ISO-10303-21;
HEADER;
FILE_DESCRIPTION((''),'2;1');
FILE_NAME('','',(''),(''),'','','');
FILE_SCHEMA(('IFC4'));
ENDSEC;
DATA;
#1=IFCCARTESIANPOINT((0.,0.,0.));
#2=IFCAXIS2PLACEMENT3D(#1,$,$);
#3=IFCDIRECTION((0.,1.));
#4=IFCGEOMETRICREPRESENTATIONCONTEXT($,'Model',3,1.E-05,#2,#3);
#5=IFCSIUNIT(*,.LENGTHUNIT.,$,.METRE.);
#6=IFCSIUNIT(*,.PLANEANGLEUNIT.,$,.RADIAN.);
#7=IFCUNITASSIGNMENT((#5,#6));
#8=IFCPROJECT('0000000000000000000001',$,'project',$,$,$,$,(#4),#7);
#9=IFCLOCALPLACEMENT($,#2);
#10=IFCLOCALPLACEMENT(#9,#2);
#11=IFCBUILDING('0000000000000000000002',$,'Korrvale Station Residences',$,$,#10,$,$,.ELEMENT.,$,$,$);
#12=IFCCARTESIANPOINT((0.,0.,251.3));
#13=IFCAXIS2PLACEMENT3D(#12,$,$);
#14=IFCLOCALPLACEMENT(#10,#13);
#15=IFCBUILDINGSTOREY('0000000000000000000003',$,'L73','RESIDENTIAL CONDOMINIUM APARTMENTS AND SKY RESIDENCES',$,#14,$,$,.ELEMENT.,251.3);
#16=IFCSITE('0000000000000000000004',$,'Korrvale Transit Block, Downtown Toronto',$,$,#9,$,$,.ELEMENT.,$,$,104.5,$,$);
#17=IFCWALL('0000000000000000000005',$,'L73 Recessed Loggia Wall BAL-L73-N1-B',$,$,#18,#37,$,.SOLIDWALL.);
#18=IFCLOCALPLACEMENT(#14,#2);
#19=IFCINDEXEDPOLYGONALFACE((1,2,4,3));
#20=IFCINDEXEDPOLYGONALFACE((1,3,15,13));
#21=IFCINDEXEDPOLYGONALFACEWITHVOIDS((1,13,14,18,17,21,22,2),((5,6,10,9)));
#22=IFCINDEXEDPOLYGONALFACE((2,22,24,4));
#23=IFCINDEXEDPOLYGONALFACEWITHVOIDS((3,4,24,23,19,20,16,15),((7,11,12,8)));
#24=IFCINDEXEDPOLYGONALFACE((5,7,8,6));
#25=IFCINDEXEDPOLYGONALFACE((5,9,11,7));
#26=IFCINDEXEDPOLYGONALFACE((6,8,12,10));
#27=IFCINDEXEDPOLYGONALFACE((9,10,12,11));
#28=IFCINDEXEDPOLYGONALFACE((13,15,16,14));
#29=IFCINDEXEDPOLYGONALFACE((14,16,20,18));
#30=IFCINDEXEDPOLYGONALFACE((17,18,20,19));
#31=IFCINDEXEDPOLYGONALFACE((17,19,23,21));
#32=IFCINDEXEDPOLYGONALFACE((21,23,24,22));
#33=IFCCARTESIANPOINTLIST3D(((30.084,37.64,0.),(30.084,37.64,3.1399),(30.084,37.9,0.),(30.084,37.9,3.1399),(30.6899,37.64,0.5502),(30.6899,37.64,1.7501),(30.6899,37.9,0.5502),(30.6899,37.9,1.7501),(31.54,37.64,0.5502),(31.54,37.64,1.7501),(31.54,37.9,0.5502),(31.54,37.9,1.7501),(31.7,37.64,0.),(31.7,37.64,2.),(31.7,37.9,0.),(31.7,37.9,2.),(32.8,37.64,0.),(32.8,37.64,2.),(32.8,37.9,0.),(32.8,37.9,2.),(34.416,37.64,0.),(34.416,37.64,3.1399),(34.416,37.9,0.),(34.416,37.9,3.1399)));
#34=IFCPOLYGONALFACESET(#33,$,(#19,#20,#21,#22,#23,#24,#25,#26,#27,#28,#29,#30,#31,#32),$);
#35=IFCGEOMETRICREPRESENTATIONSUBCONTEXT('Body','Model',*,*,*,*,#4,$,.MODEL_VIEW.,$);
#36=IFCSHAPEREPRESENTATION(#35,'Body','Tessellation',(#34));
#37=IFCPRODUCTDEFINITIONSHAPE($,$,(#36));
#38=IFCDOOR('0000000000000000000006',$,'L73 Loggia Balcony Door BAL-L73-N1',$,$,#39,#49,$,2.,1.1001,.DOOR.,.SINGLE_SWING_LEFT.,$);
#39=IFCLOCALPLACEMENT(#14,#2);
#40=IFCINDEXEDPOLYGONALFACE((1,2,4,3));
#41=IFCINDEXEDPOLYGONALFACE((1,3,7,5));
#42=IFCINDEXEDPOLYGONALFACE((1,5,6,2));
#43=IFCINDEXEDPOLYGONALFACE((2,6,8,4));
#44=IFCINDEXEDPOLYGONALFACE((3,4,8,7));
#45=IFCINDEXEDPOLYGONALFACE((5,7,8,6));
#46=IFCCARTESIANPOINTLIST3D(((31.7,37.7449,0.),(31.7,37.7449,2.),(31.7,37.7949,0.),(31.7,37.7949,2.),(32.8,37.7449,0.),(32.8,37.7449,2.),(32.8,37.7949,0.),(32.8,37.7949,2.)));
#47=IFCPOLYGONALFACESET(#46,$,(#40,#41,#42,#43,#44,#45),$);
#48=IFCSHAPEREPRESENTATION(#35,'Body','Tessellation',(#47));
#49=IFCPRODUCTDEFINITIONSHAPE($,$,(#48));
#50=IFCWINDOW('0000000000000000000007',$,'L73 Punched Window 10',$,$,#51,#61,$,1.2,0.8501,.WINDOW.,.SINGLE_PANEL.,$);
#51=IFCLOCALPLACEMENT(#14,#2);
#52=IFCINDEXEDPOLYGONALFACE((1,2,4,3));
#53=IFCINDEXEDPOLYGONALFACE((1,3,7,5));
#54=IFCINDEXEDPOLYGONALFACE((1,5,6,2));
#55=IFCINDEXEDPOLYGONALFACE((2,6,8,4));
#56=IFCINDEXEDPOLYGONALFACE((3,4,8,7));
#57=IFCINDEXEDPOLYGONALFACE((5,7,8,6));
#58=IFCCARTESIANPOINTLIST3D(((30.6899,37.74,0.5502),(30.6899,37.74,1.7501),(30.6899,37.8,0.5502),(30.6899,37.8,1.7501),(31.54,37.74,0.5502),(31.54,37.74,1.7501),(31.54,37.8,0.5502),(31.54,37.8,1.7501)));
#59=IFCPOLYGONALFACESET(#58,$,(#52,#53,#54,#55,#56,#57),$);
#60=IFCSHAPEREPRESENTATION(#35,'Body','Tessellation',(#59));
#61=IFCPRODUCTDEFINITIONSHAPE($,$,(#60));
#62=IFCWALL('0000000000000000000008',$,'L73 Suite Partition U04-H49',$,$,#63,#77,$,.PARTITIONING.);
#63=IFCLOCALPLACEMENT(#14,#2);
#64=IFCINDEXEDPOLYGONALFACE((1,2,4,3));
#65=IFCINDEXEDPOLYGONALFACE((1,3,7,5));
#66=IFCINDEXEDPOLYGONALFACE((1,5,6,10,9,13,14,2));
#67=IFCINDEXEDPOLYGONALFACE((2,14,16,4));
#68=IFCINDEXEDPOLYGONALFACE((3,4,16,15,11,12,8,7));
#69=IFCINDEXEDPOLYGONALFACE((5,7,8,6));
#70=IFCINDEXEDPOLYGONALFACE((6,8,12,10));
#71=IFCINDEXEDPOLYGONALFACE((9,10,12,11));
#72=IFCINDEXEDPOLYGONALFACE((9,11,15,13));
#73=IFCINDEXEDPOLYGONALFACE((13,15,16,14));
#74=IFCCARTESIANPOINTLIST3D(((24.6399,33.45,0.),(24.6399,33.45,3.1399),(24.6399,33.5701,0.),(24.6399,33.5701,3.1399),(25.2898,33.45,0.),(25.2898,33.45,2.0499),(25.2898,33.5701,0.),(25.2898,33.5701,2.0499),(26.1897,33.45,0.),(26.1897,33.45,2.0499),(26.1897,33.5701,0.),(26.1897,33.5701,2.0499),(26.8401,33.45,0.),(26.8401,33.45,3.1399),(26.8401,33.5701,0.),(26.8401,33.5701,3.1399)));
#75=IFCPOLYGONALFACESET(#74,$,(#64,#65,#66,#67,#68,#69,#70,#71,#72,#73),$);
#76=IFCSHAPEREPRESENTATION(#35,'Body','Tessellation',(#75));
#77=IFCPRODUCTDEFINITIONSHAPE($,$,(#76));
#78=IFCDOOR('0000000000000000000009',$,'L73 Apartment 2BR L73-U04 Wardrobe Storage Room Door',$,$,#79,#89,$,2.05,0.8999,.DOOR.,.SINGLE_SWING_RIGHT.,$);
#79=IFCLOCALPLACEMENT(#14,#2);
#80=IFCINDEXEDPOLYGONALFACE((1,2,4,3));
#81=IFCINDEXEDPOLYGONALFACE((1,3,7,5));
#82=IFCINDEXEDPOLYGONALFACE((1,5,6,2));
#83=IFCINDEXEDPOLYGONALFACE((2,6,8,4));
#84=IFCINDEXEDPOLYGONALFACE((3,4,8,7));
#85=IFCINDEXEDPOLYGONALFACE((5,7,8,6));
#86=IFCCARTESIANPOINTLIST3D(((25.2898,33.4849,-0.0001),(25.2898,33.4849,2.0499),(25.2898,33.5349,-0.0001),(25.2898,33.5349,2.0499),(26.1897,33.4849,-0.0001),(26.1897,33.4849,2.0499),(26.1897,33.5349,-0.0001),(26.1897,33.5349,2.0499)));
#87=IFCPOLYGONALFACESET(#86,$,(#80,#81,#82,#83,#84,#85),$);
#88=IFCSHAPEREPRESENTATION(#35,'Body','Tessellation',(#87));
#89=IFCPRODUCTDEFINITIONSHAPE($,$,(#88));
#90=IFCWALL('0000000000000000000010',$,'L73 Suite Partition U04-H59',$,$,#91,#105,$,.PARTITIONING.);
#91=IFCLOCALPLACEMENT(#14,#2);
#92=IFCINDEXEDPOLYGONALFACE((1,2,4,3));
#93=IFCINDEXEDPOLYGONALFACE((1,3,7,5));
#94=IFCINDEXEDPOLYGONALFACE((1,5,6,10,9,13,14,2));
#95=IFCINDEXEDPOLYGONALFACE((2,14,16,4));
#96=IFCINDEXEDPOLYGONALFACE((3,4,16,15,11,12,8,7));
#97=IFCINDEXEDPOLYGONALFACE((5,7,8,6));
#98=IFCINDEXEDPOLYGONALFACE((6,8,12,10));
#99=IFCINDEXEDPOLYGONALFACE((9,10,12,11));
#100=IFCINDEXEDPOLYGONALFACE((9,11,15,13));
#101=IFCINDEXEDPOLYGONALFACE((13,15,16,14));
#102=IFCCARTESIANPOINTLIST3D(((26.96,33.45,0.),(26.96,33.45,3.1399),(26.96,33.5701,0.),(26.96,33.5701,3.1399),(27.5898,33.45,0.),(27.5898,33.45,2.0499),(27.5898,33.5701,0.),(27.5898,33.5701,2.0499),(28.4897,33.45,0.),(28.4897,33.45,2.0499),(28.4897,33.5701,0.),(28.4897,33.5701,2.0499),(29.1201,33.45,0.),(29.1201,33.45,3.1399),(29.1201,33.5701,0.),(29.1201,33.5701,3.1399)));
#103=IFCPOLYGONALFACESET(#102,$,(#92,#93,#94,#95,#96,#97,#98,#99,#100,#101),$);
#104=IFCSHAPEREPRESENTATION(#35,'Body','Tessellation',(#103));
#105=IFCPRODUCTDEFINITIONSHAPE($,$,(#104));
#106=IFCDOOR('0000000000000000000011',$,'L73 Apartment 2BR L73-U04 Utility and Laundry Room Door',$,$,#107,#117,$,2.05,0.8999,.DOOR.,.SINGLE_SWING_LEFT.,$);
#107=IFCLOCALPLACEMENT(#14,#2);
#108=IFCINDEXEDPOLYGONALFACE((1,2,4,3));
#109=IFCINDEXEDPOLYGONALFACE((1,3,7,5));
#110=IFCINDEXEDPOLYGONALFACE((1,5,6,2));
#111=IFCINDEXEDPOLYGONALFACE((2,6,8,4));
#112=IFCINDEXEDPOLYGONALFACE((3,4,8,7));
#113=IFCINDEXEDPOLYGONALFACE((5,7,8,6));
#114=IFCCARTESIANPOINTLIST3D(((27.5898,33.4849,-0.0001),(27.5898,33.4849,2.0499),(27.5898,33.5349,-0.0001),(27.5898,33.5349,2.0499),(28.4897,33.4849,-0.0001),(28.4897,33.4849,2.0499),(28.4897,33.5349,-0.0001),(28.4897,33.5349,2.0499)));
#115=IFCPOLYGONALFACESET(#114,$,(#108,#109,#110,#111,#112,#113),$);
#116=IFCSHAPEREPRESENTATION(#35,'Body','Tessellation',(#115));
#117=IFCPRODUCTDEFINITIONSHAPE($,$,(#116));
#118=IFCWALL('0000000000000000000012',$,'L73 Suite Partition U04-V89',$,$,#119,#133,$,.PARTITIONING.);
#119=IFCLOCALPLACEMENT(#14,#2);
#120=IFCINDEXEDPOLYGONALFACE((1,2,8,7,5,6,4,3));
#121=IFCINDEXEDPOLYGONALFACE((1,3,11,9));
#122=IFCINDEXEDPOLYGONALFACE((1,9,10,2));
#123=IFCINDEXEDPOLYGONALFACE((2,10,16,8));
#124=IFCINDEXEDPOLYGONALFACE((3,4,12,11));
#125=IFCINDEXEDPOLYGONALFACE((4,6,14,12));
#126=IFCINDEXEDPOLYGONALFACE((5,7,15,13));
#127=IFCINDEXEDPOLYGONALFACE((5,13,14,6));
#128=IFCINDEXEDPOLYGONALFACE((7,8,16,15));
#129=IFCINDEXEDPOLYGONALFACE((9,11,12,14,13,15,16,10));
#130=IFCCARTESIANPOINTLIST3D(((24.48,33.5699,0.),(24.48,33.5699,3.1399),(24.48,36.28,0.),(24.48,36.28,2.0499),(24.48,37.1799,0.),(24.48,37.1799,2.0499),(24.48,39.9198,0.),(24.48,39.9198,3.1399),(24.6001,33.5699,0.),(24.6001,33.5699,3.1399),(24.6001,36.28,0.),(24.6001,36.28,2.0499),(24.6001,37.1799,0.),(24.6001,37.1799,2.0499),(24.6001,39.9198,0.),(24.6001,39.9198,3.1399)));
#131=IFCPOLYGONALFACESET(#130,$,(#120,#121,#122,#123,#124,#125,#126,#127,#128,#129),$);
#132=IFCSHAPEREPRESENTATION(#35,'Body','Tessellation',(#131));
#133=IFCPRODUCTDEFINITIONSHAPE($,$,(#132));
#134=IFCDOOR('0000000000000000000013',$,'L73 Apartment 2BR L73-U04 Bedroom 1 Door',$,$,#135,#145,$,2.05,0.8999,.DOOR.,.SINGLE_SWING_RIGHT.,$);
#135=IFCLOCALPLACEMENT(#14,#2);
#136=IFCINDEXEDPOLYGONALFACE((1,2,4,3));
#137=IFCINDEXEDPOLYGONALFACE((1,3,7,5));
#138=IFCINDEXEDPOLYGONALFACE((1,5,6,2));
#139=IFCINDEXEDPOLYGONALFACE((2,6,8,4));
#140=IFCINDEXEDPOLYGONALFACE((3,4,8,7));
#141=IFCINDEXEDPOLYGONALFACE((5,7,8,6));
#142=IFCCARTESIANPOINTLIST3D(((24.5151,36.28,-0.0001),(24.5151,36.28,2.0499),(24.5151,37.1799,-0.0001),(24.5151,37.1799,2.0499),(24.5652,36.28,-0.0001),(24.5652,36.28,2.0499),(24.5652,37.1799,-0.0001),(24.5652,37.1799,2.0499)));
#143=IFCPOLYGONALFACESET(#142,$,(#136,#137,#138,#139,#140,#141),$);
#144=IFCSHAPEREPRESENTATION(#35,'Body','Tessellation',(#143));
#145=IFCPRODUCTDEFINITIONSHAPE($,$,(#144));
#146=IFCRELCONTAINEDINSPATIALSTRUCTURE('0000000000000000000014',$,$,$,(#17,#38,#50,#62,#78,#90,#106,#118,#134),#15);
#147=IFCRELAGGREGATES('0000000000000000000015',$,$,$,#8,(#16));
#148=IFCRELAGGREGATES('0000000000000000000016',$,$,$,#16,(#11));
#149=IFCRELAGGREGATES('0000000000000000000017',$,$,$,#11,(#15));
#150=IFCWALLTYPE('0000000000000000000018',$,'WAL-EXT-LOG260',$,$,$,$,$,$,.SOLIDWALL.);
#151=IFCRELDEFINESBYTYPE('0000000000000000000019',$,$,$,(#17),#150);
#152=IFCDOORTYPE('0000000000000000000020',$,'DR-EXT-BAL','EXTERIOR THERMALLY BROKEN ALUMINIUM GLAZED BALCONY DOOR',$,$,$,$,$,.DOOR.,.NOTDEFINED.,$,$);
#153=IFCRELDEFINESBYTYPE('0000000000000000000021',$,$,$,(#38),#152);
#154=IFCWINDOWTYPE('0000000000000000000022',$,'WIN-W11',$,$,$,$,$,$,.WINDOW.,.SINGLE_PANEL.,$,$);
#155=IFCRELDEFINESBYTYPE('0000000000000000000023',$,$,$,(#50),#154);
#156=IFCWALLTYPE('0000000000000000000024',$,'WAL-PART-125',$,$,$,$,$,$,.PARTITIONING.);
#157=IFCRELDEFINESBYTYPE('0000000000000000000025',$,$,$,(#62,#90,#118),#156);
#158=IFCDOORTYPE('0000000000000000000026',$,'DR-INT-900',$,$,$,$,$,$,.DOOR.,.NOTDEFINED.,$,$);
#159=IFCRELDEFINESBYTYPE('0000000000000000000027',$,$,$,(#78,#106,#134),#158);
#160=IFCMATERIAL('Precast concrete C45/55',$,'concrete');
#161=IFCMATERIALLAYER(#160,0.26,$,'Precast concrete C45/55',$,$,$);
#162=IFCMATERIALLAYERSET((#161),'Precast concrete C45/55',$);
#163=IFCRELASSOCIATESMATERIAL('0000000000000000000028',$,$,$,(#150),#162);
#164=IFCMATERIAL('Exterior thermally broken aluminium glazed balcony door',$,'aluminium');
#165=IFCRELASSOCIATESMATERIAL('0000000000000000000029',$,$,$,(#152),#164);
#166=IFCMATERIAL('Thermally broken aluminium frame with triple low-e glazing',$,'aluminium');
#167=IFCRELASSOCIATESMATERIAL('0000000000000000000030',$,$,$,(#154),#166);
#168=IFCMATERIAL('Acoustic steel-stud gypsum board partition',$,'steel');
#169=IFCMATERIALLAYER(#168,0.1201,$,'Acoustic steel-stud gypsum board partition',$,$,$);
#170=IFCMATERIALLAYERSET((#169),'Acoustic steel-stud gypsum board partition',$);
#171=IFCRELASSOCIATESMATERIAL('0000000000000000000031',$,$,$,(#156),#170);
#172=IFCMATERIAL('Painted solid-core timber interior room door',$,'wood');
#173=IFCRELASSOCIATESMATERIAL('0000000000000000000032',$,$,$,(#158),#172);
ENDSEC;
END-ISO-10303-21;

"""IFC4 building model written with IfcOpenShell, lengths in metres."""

from ifc_helpers import new_model, si_unit, direction, frame, frame_2d, origin, place, context, subcontext, project, spatial, rectangle, extrude, material, layer, layer_set, type_object, element, fill, save


model = new_model("IFC4")

# Units and contexts
model_context = context("Model", 3, precision=1e-05, world=origin(), true_north=direction((0.0, 1.0)))
body_context = subcontext(model_context, "Body", "Model", "MODEL_VIEW")
ifc_project = project(units=[si_unit("LENGTHUNIT", "METRE"), si_unit("PLANEANGLEUNIT", "RADIAN")], contexts=[model_context])

# Site, building, storey
site_placement = place(None, origin())
site = spatial("IfcSite", under=ifc_project, at=site_placement, Name="Korrvale Transit Block, Downtown Toronto", CompositionType="ELEMENT", RefElevation=104.5)
building_placement = place(site_placement, origin())
building = spatial("IfcBuilding", under=site, at=building_placement, Name="Korrvale Station Residences", CompositionType="ELEMENT")
storey_placement = place(building_placement, frame((0.0, 0.0, 251.3)))
storey = spatial("IfcBuildingStorey", under=building, at=storey_placement, Name="L73", Description="RESIDENTIAL CONDOMINIUM APARTMENTS AND SKY RESIDENCES", CompositionType="ELEMENT", Elevation=251.3)

# Shared definitions
ifc_material_1 = material(Name="Precast concrete C45/55", Category="concrete")
ifc_layer_1 = layer(ifc_material_1, 0.26, Name="Precast concrete C45/55")
ifc_layer_set_1 = layer_set([ifc_layer_1], Name="Precast concrete C45/55")
wall_type_1 = type_object("IfcWallType", Name="WAL-EXT-LOG260", PredefinedType="SOLIDWALL", material=ifc_layer_set_1)

# Wall, openings, door, window
wall_1_placement = place(storey_placement, frame((30.084, 37.77, 0.0), z_axis=(0.0, 0.0, 1.0), x_axis=(1.0, 0.0, 0.0)))
wall_1 = element("IfcWall", 1, at=wall_1_placement, inside=storey, type_object=wall_type_1, Name="L73 Recessed Loggia Wall BAL-L73-N1-B", PredefinedType="SOLIDWALL", context=body_context, shape_type="SweptSolid", body=[
    extrude(rectangle(XDim=4.332, YDim=0.26, at=frame_2d((2.166, 0.0))), origin(), (0.0, 0.0, 1.0), 3.1399),
])
opening_1_placement = place(wall_1_placement, frame((1.616, 0.0, 0.0)))
opening_1 = element("IfcOpeningElement", 2, at=opening_1_placement, cuts=wall_1, PredefinedType="OPENING", context=body_context, shape_type="SweptSolid", body=[
    extrude(rectangle(XDim=1.1001, YDim=2.0, at=frame_2d((0.55, 1.0))), frame((0.0, 0.1401, 0.0), z_axis=(0.0, -1.0, 0.0), x_axis=(1.0, 0.0, 0.0)), (0.0, 0.0, 1.0), 0.28),
])
opening_2_placement = place(wall_1_placement, frame((0.606, 0.0, 0.55)))
opening_2 = element("IfcOpeningElement", 3, at=opening_2_placement, cuts=wall_1, PredefinedType="OPENING", context=body_context, shape_type="SweptSolid", body=[
    extrude(rectangle(XDim=0.8501, YDim=1.2, at=frame_2d((0.425, 0.6001))), frame((0.0, 0.1401, 0.0), z_axis=(0.0, -1.0, 0.0), x_axis=(1.0, 0.0, 0.0)), (0.0, 0.0, 1.0), 0.28),
])
ifc_material_2 = material(Name="Exterior thermally broken aluminium glazed balcony door", Category="aluminium")
door_type_1 = type_object("IfcDoorType", Name="DR-EXT-BAL", Description="EXTERIOR THERMALLY BROKEN ALUMINIUM GLAZED BALCONY DOOR", OperationType="NOTDEFINED", PredefinedType="DOOR", material=ifc_material_2)
door_1_placement = place(opening_1_placement, origin())
door_1 = element("IfcDoor", 4, at=door_1_placement, inside=storey, type_object=door_type_1, Name="L73 Loggia Balcony Door BAL-L73-N1", OperationType="SINGLE_SWING_LEFT", OverallHeight=2.0, OverallWidth=1.1001, PredefinedType="DOOR", context=body_context, shape_type="SweptSolid", body=[
    extrude(rectangle(XDim=1.1001, YDim=2.0, at=frame_2d((0.55, 1.0))), frame((0.0, 0.0249, 0.0), z_axis=(0.0, -1.0, 0.0), x_axis=(1.0, 0.0, 0.0)), (0.0, 0.0, 1.0), 0.05),
])
fill(opening_1, door_1)
ifc_material_3 = material(Name="Thermally broken aluminium frame with triple low-e glazing", Category="aluminium")
window_type = type_object("IfcWindowType", Name="WIN-W11", PartitioningType="SINGLE_PANEL", PredefinedType="WINDOW", material=ifc_material_3)
window_placement = place(opening_2_placement, origin())
window = element("IfcWindow", 5, at=window_placement, inside=storey, type_object=window_type, Name="L73 Punched Window 10", OverallHeight=1.2, OverallWidth=0.8501, PartitioningType="SINGLE_PANEL", PredefinedType="WINDOW", context=body_context, shape_type="SweptSolid", body=[
    extrude(rectangle(XDim=0.8501, YDim=1.2, at=frame_2d((0.425, 0.6001))), frame((0.0, 0.03, 0.0), z_axis=(0.0, -1.0, 0.0), x_axis=(1.0, 0.0, 0.0)), (0.0, 0.0, 1.0), 0.0601),
])
fill(opening_2, window)

# Walls, openings, doors
ifc_material_4 = material(Name="Acoustic steel-stud gypsum board partition", Category="steel")
ifc_layer_2 = layer(ifc_material_4, 0.1201, Name="Acoustic steel-stud gypsum board partition")
ifc_layer_set_2 = layer_set([ifc_layer_2], Name="Acoustic steel-stud gypsum board partition")
wall_type_2 = type_object("IfcWallType", Name="WAL-PART-125", PredefinedType="PARTITIONING", material=ifc_layer_set_2)
wall_2_placement = place(storey_placement, frame((24.6399, 33.51, 0.0), z_axis=(0.0, 0.0, 1.0), x_axis=(1.0, 0.0, 0.0)))
wall_2 = element("IfcWall", 6, at=wall_2_placement, inside=storey, type_object=wall_type_2, Name="L73 Suite Partition U04-H49", PredefinedType="PARTITIONING", context=body_context, shape_type="SweptSolid", body=[
    extrude(rectangle(XDim=2.2002, YDim=0.1201, at=frame_2d((1.1001, 0.0))), origin(), (0.0, 0.0, 1.0), 3.1399),
])
opening_3_placement = place(wall_2_placement, frame((0.6499, 0.0, 0.0)))
opening_3 = element("IfcOpeningElement", 7, at=opening_3_placement, cuts=wall_2, PredefinedType="OPENING", context=body_context, shape_type="SweptSolid", body=[
    extrude(rectangle(XDim=0.8999, YDim=2.05, at=frame_2d((0.45, 1.0249))), frame((0.0, 0.0701, 0.0), z_axis=(0.0, -1.0, 0.0), x_axis=(1.0, 0.0, 0.0)), (0.0, 0.0, 1.0), 0.1401),
])
ifc_material_5 = material(Name="Painted solid-core timber interior room door", Category="wood")
door_type_2 = type_object("IfcDoorType", Name="DR-INT-900", OperationType="NOTDEFINED", PredefinedType="DOOR", material=ifc_material_5)
door_2_placement = place(opening_3_placement, origin())
door_2 = element("IfcDoor", 8, at=door_2_placement, inside=storey, type_object=door_type_2, Name="L73 Apartment 2BR L73-U04 Wardrobe Storage Room Door", OperationType="SINGLE_SWING_RIGHT", OverallHeight=2.05, OverallWidth=0.8999, PredefinedType="DOOR", context=body_context, shape_type="SweptSolid", body=[
    extrude(rectangle(XDim=0.8999, YDim=2.05, at=frame_2d((0.45, 1.0249))), frame((0.0, 0.0249, 0.0), z_axis=(0.0, -1.0, 0.0), x_axis=(1.0, 0.0, 0.0)), (0.0, 0.0, 1.0), 0.05),
])
fill(opening_3, door_2)
wall_3_placement = place(storey_placement, frame((26.96, 33.51, 0.0), z_axis=(0.0, 0.0, 1.0), x_axis=(1.0, 0.0, 0.0)))
wall_3 = element("IfcWall", 9, at=wall_3_placement, inside=storey, type_object=wall_type_2, Name="L73 Suite Partition U04-H59", PredefinedType="PARTITIONING", context=body_context, shape_type="SweptSolid", body=[
    extrude(rectangle(XDim=2.1602, YDim=0.1201, at=frame_2d((1.0801, 0.0))), origin(), (0.0, 0.0, 1.0), 3.1399),
])
opening_4_placement = place(wall_3_placement, frame((0.6299, 0.0, 0.0)))
opening_4 = element("IfcOpeningElement", 10, at=opening_4_placement, cuts=wall_3, PredefinedType="OPENING", context=body_context, shape_type="SweptSolid", body=[
    extrude(rectangle(XDim=0.8999, YDim=2.05, at=frame_2d((0.45, 1.0249))), frame((0.0, 0.0701, 0.0), z_axis=(0.0, -1.0, 0.0), x_axis=(1.0, 0.0, 0.0)), (0.0, 0.0, 1.0), 0.1401),
])
door_3_placement = place(opening_4_placement, origin())
door_3 = element("IfcDoor", 11, at=door_3_placement, inside=storey, type_object=door_type_2, Name="L73 Apartment 2BR L73-U04 Utility and Laundry Room Door", OperationType="SINGLE_SWING_LEFT", OverallHeight=2.05, OverallWidth=0.8999, PredefinedType="DOOR", context=body_context, shape_type="SweptSolid", body=[
    extrude(rectangle(XDim=0.8999, YDim=2.05, at=frame_2d((0.45, 1.0249))), frame((0.0, 0.0249, 0.0), z_axis=(0.0, -1.0, 0.0), x_axis=(1.0, 0.0, 0.0)), (0.0, 0.0, 1.0), 0.05),
])
fill(opening_4, door_3)
wall_4_placement = place(storey_placement, frame((24.54, 33.5701, 0.0), z_axis=(0.0, 0.0, 1.0), x_axis=(0.0, 1.0, 0.0)))
wall_4 = element("IfcWall", 12, at=wall_4_placement, inside=storey, type_object=wall_type_2, Name="L73 Suite Partition U04-V89", PredefinedType="PARTITIONING", context=body_context, shape_type="SweptSolid", body=[
    extrude(rectangle(XDim=6.3499, YDim=0.1201, at=frame_2d((3.1748, 0.0))), origin(), (0.0, 0.0, 1.0), 3.1399),
])
opening_5_placement = place(wall_4_placement, frame((2.71, 0.0, 0.0)))
opening_5 = element("IfcOpeningElement", 13, at=opening_5_placement, cuts=wall_4, PredefinedType="OPENING", context=body_context, shape_type="SweptSolid", body=[
    extrude(rectangle(XDim=0.8999, YDim=2.05, at=frame_2d((0.45, 1.0249))), frame((0.0, 0.0701, 0.0), z_axis=(0.0, -1.0, 0.0), x_axis=(1.0, 0.0, 0.0)), (0.0, 0.0, 1.0), 0.1401),
])
door_4_placement = place(opening_5_placement, origin())
door_4 = element("IfcDoor", 14, at=door_4_placement, inside=storey, type_object=door_type_2, Name="L73 Apartment 2BR L73-U04 Bedroom 1 Door", OperationType="SINGLE_SWING_RIGHT", OverallHeight=2.05, OverallWidth=0.8999, PredefinedType="DOOR", context=body_context, shape_type="SweptSolid", body=[
    extrude(rectangle(XDim=0.8999, YDim=2.05, at=frame_2d((0.45, 1.0249))), frame((0.0, 0.0249, 0.0), z_axis=(0.0, -1.0, 0.0), x_axis=(1.0, 0.0, 0.0)), (0.0, 0.0, 1.0), 0.05),
])
fill(opening_5, door_4)

save(model, "model.ifc")
